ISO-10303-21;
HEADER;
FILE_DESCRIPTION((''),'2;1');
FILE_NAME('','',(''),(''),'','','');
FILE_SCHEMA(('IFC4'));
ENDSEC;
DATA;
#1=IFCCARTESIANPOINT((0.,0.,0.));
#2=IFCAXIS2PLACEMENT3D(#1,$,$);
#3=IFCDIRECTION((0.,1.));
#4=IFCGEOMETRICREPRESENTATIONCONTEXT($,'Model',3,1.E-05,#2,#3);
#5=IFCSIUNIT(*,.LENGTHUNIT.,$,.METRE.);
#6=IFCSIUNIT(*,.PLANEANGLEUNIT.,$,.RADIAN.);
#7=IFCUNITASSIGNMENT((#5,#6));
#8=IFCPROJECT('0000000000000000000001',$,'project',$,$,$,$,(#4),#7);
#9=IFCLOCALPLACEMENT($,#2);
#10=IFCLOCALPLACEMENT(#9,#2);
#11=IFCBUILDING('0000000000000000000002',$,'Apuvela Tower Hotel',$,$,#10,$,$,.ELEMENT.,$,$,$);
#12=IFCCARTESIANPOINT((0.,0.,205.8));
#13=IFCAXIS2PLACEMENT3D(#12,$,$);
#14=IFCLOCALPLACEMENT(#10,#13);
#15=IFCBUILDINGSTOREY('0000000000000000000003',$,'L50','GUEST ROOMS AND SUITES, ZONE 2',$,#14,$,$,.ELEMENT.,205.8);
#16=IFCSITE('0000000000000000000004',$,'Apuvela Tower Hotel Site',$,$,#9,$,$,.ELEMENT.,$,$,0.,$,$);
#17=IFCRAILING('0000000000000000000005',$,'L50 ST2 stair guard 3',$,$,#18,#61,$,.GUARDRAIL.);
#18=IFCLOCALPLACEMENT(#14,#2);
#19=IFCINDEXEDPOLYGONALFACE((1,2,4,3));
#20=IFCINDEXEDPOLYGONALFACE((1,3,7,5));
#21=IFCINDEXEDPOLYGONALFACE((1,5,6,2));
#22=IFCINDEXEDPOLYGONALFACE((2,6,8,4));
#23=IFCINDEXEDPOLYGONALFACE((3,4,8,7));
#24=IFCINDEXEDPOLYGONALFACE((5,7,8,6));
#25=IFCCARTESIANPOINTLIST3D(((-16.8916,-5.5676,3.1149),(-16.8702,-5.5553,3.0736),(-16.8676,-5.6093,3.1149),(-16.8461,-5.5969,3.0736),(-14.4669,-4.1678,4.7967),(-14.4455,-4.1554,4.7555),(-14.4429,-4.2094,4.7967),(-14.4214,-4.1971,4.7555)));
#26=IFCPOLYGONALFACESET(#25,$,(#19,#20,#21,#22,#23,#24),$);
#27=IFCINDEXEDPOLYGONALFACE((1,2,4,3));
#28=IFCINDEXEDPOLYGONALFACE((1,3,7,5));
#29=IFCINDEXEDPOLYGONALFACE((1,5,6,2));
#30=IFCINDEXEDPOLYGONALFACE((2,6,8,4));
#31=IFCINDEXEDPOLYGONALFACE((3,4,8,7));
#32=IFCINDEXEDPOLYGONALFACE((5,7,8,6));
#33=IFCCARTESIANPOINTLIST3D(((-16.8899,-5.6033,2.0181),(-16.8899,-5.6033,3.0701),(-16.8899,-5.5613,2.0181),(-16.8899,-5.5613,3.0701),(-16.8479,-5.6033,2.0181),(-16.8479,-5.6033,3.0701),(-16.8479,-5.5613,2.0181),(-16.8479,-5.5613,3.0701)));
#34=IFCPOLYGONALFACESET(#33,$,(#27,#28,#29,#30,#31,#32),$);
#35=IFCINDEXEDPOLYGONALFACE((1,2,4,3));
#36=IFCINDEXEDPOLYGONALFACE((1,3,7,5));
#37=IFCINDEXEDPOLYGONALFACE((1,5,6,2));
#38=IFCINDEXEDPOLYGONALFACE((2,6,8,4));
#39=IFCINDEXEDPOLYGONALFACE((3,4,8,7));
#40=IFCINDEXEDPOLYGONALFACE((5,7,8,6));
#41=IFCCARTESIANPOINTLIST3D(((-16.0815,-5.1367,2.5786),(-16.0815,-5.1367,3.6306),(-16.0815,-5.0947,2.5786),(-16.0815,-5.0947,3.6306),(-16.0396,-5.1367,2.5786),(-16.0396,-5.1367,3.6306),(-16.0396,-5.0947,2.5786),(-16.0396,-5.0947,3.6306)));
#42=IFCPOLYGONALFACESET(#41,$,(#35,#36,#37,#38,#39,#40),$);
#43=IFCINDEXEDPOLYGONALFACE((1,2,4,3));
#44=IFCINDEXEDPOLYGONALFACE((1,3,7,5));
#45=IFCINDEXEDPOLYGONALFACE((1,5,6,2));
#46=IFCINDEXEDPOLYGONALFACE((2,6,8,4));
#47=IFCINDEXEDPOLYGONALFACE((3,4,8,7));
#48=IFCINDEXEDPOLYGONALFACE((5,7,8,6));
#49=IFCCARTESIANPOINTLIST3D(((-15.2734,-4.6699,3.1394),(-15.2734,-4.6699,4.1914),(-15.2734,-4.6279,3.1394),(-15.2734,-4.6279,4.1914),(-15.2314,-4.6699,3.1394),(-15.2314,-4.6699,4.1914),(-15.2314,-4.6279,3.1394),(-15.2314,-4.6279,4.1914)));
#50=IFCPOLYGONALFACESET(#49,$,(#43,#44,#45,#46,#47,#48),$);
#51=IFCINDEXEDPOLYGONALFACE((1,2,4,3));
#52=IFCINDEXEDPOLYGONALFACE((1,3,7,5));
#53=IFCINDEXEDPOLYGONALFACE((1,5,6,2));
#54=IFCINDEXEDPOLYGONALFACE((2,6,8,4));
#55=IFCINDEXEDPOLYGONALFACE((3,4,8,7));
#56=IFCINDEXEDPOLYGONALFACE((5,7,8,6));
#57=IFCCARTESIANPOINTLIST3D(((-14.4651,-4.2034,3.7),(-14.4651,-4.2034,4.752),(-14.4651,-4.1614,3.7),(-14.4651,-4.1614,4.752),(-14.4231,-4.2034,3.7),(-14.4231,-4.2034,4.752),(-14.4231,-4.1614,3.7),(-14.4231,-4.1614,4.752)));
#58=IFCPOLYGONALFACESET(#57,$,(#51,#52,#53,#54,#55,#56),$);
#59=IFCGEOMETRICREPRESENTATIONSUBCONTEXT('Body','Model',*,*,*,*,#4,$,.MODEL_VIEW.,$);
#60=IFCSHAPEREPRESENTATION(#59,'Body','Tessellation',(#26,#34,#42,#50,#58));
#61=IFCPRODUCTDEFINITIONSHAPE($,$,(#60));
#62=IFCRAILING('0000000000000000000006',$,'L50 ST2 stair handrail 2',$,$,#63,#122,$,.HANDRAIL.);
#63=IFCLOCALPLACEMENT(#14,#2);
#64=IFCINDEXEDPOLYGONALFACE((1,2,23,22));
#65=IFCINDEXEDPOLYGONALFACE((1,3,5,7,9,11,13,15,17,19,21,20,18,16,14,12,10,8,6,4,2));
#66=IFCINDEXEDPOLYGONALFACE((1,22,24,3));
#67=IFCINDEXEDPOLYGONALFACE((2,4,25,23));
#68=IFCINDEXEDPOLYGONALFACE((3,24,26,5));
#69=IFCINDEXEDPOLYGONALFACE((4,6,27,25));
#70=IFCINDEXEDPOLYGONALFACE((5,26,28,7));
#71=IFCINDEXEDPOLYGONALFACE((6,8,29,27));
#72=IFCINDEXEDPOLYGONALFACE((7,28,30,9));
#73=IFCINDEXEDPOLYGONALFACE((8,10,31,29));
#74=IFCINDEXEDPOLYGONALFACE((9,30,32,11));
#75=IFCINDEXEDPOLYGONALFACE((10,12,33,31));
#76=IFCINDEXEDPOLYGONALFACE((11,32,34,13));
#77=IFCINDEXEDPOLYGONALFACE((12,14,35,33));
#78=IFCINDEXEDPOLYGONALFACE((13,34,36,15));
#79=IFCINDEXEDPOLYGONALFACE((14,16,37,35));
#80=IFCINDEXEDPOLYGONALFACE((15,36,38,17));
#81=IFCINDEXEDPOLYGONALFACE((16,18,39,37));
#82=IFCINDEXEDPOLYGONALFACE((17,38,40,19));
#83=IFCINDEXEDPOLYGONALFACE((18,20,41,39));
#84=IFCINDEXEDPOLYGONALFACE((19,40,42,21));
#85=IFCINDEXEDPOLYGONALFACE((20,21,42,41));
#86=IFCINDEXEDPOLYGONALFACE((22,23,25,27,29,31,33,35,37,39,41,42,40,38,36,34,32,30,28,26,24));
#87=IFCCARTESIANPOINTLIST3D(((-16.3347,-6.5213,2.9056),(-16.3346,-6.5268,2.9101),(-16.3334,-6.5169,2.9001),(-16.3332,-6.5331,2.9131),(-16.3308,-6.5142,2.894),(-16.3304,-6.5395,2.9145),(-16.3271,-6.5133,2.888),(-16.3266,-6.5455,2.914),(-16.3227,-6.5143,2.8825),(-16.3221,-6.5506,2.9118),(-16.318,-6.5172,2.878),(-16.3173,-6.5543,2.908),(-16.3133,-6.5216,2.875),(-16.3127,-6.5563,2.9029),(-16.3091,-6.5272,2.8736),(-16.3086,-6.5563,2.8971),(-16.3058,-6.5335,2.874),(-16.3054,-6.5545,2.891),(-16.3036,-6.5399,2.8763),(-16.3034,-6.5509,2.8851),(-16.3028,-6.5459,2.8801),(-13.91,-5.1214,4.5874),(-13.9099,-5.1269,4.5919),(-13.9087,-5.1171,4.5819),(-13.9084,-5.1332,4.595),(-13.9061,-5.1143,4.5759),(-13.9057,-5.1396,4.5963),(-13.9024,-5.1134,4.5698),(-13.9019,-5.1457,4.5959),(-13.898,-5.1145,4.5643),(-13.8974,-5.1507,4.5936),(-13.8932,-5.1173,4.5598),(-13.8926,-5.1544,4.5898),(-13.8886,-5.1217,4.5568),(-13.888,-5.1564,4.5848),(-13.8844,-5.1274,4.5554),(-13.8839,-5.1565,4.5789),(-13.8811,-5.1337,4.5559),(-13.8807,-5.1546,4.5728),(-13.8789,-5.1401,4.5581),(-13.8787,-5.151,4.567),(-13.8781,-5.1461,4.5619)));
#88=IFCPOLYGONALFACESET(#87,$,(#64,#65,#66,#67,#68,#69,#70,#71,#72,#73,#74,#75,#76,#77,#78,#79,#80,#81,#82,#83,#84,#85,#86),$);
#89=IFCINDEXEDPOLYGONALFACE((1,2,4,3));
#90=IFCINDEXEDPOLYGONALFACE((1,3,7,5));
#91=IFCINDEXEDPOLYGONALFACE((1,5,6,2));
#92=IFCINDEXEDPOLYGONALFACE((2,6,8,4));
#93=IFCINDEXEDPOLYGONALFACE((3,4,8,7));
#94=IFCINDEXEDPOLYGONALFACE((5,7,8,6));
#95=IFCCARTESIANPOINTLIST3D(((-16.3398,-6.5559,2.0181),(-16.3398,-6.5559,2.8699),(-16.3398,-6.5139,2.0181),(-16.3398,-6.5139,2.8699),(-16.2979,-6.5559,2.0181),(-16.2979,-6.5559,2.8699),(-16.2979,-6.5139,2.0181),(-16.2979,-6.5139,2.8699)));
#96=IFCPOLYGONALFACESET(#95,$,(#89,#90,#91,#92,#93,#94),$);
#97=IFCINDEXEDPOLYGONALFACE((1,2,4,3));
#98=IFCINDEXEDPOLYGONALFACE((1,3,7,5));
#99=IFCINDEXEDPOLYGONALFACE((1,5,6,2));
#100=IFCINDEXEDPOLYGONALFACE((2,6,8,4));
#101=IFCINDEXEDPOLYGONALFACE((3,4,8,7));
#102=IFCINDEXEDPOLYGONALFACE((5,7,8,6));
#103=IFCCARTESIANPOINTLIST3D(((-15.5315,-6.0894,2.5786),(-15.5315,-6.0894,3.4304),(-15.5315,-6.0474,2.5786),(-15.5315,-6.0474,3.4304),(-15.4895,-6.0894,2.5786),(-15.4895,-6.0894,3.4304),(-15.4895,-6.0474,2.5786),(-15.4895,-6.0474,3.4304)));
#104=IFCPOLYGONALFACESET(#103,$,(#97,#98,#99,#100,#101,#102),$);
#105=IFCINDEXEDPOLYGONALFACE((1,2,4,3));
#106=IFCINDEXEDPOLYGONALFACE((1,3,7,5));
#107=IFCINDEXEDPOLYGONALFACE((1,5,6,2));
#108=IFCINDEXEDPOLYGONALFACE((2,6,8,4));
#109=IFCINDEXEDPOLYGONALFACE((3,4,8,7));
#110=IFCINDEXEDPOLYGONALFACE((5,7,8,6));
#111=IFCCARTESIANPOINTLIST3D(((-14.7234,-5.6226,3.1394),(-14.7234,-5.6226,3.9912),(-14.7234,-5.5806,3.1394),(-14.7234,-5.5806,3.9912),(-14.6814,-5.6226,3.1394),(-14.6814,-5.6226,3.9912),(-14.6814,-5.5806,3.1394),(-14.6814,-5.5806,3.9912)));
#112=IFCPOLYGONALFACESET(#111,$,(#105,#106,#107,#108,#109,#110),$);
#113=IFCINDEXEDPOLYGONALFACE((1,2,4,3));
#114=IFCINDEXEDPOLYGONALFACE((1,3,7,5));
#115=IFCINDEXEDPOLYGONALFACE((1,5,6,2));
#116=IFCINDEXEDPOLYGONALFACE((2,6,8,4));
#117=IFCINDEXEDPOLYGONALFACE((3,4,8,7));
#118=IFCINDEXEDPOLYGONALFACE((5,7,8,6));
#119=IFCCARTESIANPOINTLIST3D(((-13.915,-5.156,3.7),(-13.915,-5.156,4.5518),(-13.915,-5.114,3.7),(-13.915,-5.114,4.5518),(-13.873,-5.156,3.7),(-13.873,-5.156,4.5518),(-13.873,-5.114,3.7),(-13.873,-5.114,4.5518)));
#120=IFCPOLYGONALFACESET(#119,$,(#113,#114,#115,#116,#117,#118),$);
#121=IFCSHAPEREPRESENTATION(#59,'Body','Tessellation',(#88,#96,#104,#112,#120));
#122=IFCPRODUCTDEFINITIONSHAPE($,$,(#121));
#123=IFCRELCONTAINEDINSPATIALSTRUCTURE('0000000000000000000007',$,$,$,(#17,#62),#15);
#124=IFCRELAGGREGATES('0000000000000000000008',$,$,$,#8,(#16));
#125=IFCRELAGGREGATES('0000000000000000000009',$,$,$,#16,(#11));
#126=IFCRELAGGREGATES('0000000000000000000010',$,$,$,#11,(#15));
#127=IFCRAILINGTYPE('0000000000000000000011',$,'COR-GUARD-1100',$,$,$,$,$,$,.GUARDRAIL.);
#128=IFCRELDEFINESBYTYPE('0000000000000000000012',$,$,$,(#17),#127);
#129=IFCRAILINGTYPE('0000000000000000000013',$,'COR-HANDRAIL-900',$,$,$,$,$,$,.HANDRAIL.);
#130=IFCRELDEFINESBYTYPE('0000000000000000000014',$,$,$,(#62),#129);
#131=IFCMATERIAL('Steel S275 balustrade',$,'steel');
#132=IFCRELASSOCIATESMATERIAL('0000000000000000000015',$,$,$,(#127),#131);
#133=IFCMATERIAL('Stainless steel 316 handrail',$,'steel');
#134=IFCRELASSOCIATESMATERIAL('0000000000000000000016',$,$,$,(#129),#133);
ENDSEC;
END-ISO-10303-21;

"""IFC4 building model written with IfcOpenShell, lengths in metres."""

from ifc_helpers import new_model, si_unit, direction, frame, origin, origin_2d, place, context, subcontext, project, spatial, rectangle, circle, extrude, material, type_object, element, save


model = new_model("IFC4")

# Units and contexts
model_context = context("Model", 3, precision=1e-05, world=origin(), true_north=direction((0.0, 1.0)))
body_context = subcontext(model_context, "Body", "Model", "MODEL_VIEW")
ifc_project = project(units=[si_unit("LENGTHUNIT", "METRE"), si_unit("PLANEANGLEUNIT", "RADIAN")], contexts=[model_context])

# Site, building, storey
site_placement = place(None, origin())
site = spatial("IfcSite", under=ifc_project, at=site_placement, Name="Apuvela Tower Hotel Site", CompositionType="ELEMENT", RefElevation=0.0)
building_placement = place(site_placement, origin())
building = spatial("IfcBuilding", under=site, at=building_placement, Name="Apuvela Tower Hotel", CompositionType="ELEMENT")
storey_placement = place(building_placement, frame((0.0, 0.0, 205.8)))
storey = spatial("IfcBuildingStorey", under=building, at=storey_placement, Name="L50", Description="GUEST ROOMS AND SUITES, ZONE 2", CompositionType="ELEMENT", Elevation=205.8)

# Railings
ifc_material_1 = material(Name="Steel S275 balustrade", Category="steel")
railing_type_1 = type_object("IfcRailingType", Name="COR-GUARD-1100", PredefinedType="GUARDRAIL", material=ifc_material_1)
railing_1_placement = place(storey_placement, frame((-16.8689, -5.5823, 2.0181)))
element("IfcRailing", 1, at=railing_1_placement, inside=storey, type_object=railing_type_1, Name="L50 ST2 stair guard 3", PredefinedType="GUARDRAIL", context=body_context, shape_type="SweptSolid", body=[
    extrude(rectangle(XDim=0.0481, YDim=0.0481, at=origin_2d()), frame((0.0, 0.0, 1.0762), z_axis=(0.74239, 0.428601, 0.514934), x_axis=(-0.499984, 0.866035, 0.0)), (0.0, 0.0, 1.0), 3.2661),
    extrude(rectangle(XDim=0.042, YDim=0.042, at=origin_2d()), origin(), (0.0, 0.0, 1.0), 1.052),
    extrude(rectangle(XDim=0.042, YDim=0.042, at=origin_2d()), frame((0.8083, 0.4666, 0.5605)), (0.0, 0.0, 1.0), 1.052),
    extrude(rectangle(XDim=0.042, YDim=0.042, at=origin_2d()), frame((1.6165, 0.9333, 1.1213)), (0.0, 0.0, 1.0), 1.052),
    extrude(rectangle(XDim=0.042, YDim=0.042, at=origin_2d()), frame((2.4248, 1.3999, 1.6819)), (0.0, 0.0, 1.0), 1.052),
])
ifc_material_2 = material(Name="Stainless steel 316 handrail", Category="steel")
railing_type_2 = type_object("IfcRailingType", Name="COR-HANDRAIL-900", PredefinedType="HANDRAIL", material=ifc_material_2)
railing_2_placement = place(storey_placement, frame((-16.3188, -6.5349, 2.0181)))
element("IfcRailing", 2, at=railing_2_placement, inside=storey, type_object=railing_type_2, Name="L50 ST2 stair handrail 2", PredefinedType="HANDRAIL", context=body_context, shape_type="SweptSolid", body=[
    extrude(circle(Radius=0.0239, at=origin_2d()), frame((0.0, 0.0, 0.876), z_axis=(0.74239, 0.428601, 0.514934), x_axis=(-0.499984, 0.866035, 0.0)), (0.0, 0.0, 1.0), 3.2661),
    extrude(rectangle(XDim=0.042, YDim=0.042, at=origin_2d()), origin(), (0.0, 0.0, 1.0), 0.8518),
    extrude(rectangle(XDim=0.042, YDim=0.042, at=origin_2d()), frame((0.8083, 0.4666, 0.5605)), (0.0, 0.0, 1.0), 0.8518),
    extrude(rectangle(XDim=0.042, YDim=0.042, at=origin_2d()), frame((1.6165, 0.9333, 1.1213)), (0.0, 0.0, 1.0), 0.8518),
    extrude(rectangle(XDim=0.042, YDim=0.042, at=origin_2d()), frame((2.4248, 1.3999, 1.6819)), (0.0, 0.0, 1.0), 0.8518),
])

save(model, "model.ifc")
